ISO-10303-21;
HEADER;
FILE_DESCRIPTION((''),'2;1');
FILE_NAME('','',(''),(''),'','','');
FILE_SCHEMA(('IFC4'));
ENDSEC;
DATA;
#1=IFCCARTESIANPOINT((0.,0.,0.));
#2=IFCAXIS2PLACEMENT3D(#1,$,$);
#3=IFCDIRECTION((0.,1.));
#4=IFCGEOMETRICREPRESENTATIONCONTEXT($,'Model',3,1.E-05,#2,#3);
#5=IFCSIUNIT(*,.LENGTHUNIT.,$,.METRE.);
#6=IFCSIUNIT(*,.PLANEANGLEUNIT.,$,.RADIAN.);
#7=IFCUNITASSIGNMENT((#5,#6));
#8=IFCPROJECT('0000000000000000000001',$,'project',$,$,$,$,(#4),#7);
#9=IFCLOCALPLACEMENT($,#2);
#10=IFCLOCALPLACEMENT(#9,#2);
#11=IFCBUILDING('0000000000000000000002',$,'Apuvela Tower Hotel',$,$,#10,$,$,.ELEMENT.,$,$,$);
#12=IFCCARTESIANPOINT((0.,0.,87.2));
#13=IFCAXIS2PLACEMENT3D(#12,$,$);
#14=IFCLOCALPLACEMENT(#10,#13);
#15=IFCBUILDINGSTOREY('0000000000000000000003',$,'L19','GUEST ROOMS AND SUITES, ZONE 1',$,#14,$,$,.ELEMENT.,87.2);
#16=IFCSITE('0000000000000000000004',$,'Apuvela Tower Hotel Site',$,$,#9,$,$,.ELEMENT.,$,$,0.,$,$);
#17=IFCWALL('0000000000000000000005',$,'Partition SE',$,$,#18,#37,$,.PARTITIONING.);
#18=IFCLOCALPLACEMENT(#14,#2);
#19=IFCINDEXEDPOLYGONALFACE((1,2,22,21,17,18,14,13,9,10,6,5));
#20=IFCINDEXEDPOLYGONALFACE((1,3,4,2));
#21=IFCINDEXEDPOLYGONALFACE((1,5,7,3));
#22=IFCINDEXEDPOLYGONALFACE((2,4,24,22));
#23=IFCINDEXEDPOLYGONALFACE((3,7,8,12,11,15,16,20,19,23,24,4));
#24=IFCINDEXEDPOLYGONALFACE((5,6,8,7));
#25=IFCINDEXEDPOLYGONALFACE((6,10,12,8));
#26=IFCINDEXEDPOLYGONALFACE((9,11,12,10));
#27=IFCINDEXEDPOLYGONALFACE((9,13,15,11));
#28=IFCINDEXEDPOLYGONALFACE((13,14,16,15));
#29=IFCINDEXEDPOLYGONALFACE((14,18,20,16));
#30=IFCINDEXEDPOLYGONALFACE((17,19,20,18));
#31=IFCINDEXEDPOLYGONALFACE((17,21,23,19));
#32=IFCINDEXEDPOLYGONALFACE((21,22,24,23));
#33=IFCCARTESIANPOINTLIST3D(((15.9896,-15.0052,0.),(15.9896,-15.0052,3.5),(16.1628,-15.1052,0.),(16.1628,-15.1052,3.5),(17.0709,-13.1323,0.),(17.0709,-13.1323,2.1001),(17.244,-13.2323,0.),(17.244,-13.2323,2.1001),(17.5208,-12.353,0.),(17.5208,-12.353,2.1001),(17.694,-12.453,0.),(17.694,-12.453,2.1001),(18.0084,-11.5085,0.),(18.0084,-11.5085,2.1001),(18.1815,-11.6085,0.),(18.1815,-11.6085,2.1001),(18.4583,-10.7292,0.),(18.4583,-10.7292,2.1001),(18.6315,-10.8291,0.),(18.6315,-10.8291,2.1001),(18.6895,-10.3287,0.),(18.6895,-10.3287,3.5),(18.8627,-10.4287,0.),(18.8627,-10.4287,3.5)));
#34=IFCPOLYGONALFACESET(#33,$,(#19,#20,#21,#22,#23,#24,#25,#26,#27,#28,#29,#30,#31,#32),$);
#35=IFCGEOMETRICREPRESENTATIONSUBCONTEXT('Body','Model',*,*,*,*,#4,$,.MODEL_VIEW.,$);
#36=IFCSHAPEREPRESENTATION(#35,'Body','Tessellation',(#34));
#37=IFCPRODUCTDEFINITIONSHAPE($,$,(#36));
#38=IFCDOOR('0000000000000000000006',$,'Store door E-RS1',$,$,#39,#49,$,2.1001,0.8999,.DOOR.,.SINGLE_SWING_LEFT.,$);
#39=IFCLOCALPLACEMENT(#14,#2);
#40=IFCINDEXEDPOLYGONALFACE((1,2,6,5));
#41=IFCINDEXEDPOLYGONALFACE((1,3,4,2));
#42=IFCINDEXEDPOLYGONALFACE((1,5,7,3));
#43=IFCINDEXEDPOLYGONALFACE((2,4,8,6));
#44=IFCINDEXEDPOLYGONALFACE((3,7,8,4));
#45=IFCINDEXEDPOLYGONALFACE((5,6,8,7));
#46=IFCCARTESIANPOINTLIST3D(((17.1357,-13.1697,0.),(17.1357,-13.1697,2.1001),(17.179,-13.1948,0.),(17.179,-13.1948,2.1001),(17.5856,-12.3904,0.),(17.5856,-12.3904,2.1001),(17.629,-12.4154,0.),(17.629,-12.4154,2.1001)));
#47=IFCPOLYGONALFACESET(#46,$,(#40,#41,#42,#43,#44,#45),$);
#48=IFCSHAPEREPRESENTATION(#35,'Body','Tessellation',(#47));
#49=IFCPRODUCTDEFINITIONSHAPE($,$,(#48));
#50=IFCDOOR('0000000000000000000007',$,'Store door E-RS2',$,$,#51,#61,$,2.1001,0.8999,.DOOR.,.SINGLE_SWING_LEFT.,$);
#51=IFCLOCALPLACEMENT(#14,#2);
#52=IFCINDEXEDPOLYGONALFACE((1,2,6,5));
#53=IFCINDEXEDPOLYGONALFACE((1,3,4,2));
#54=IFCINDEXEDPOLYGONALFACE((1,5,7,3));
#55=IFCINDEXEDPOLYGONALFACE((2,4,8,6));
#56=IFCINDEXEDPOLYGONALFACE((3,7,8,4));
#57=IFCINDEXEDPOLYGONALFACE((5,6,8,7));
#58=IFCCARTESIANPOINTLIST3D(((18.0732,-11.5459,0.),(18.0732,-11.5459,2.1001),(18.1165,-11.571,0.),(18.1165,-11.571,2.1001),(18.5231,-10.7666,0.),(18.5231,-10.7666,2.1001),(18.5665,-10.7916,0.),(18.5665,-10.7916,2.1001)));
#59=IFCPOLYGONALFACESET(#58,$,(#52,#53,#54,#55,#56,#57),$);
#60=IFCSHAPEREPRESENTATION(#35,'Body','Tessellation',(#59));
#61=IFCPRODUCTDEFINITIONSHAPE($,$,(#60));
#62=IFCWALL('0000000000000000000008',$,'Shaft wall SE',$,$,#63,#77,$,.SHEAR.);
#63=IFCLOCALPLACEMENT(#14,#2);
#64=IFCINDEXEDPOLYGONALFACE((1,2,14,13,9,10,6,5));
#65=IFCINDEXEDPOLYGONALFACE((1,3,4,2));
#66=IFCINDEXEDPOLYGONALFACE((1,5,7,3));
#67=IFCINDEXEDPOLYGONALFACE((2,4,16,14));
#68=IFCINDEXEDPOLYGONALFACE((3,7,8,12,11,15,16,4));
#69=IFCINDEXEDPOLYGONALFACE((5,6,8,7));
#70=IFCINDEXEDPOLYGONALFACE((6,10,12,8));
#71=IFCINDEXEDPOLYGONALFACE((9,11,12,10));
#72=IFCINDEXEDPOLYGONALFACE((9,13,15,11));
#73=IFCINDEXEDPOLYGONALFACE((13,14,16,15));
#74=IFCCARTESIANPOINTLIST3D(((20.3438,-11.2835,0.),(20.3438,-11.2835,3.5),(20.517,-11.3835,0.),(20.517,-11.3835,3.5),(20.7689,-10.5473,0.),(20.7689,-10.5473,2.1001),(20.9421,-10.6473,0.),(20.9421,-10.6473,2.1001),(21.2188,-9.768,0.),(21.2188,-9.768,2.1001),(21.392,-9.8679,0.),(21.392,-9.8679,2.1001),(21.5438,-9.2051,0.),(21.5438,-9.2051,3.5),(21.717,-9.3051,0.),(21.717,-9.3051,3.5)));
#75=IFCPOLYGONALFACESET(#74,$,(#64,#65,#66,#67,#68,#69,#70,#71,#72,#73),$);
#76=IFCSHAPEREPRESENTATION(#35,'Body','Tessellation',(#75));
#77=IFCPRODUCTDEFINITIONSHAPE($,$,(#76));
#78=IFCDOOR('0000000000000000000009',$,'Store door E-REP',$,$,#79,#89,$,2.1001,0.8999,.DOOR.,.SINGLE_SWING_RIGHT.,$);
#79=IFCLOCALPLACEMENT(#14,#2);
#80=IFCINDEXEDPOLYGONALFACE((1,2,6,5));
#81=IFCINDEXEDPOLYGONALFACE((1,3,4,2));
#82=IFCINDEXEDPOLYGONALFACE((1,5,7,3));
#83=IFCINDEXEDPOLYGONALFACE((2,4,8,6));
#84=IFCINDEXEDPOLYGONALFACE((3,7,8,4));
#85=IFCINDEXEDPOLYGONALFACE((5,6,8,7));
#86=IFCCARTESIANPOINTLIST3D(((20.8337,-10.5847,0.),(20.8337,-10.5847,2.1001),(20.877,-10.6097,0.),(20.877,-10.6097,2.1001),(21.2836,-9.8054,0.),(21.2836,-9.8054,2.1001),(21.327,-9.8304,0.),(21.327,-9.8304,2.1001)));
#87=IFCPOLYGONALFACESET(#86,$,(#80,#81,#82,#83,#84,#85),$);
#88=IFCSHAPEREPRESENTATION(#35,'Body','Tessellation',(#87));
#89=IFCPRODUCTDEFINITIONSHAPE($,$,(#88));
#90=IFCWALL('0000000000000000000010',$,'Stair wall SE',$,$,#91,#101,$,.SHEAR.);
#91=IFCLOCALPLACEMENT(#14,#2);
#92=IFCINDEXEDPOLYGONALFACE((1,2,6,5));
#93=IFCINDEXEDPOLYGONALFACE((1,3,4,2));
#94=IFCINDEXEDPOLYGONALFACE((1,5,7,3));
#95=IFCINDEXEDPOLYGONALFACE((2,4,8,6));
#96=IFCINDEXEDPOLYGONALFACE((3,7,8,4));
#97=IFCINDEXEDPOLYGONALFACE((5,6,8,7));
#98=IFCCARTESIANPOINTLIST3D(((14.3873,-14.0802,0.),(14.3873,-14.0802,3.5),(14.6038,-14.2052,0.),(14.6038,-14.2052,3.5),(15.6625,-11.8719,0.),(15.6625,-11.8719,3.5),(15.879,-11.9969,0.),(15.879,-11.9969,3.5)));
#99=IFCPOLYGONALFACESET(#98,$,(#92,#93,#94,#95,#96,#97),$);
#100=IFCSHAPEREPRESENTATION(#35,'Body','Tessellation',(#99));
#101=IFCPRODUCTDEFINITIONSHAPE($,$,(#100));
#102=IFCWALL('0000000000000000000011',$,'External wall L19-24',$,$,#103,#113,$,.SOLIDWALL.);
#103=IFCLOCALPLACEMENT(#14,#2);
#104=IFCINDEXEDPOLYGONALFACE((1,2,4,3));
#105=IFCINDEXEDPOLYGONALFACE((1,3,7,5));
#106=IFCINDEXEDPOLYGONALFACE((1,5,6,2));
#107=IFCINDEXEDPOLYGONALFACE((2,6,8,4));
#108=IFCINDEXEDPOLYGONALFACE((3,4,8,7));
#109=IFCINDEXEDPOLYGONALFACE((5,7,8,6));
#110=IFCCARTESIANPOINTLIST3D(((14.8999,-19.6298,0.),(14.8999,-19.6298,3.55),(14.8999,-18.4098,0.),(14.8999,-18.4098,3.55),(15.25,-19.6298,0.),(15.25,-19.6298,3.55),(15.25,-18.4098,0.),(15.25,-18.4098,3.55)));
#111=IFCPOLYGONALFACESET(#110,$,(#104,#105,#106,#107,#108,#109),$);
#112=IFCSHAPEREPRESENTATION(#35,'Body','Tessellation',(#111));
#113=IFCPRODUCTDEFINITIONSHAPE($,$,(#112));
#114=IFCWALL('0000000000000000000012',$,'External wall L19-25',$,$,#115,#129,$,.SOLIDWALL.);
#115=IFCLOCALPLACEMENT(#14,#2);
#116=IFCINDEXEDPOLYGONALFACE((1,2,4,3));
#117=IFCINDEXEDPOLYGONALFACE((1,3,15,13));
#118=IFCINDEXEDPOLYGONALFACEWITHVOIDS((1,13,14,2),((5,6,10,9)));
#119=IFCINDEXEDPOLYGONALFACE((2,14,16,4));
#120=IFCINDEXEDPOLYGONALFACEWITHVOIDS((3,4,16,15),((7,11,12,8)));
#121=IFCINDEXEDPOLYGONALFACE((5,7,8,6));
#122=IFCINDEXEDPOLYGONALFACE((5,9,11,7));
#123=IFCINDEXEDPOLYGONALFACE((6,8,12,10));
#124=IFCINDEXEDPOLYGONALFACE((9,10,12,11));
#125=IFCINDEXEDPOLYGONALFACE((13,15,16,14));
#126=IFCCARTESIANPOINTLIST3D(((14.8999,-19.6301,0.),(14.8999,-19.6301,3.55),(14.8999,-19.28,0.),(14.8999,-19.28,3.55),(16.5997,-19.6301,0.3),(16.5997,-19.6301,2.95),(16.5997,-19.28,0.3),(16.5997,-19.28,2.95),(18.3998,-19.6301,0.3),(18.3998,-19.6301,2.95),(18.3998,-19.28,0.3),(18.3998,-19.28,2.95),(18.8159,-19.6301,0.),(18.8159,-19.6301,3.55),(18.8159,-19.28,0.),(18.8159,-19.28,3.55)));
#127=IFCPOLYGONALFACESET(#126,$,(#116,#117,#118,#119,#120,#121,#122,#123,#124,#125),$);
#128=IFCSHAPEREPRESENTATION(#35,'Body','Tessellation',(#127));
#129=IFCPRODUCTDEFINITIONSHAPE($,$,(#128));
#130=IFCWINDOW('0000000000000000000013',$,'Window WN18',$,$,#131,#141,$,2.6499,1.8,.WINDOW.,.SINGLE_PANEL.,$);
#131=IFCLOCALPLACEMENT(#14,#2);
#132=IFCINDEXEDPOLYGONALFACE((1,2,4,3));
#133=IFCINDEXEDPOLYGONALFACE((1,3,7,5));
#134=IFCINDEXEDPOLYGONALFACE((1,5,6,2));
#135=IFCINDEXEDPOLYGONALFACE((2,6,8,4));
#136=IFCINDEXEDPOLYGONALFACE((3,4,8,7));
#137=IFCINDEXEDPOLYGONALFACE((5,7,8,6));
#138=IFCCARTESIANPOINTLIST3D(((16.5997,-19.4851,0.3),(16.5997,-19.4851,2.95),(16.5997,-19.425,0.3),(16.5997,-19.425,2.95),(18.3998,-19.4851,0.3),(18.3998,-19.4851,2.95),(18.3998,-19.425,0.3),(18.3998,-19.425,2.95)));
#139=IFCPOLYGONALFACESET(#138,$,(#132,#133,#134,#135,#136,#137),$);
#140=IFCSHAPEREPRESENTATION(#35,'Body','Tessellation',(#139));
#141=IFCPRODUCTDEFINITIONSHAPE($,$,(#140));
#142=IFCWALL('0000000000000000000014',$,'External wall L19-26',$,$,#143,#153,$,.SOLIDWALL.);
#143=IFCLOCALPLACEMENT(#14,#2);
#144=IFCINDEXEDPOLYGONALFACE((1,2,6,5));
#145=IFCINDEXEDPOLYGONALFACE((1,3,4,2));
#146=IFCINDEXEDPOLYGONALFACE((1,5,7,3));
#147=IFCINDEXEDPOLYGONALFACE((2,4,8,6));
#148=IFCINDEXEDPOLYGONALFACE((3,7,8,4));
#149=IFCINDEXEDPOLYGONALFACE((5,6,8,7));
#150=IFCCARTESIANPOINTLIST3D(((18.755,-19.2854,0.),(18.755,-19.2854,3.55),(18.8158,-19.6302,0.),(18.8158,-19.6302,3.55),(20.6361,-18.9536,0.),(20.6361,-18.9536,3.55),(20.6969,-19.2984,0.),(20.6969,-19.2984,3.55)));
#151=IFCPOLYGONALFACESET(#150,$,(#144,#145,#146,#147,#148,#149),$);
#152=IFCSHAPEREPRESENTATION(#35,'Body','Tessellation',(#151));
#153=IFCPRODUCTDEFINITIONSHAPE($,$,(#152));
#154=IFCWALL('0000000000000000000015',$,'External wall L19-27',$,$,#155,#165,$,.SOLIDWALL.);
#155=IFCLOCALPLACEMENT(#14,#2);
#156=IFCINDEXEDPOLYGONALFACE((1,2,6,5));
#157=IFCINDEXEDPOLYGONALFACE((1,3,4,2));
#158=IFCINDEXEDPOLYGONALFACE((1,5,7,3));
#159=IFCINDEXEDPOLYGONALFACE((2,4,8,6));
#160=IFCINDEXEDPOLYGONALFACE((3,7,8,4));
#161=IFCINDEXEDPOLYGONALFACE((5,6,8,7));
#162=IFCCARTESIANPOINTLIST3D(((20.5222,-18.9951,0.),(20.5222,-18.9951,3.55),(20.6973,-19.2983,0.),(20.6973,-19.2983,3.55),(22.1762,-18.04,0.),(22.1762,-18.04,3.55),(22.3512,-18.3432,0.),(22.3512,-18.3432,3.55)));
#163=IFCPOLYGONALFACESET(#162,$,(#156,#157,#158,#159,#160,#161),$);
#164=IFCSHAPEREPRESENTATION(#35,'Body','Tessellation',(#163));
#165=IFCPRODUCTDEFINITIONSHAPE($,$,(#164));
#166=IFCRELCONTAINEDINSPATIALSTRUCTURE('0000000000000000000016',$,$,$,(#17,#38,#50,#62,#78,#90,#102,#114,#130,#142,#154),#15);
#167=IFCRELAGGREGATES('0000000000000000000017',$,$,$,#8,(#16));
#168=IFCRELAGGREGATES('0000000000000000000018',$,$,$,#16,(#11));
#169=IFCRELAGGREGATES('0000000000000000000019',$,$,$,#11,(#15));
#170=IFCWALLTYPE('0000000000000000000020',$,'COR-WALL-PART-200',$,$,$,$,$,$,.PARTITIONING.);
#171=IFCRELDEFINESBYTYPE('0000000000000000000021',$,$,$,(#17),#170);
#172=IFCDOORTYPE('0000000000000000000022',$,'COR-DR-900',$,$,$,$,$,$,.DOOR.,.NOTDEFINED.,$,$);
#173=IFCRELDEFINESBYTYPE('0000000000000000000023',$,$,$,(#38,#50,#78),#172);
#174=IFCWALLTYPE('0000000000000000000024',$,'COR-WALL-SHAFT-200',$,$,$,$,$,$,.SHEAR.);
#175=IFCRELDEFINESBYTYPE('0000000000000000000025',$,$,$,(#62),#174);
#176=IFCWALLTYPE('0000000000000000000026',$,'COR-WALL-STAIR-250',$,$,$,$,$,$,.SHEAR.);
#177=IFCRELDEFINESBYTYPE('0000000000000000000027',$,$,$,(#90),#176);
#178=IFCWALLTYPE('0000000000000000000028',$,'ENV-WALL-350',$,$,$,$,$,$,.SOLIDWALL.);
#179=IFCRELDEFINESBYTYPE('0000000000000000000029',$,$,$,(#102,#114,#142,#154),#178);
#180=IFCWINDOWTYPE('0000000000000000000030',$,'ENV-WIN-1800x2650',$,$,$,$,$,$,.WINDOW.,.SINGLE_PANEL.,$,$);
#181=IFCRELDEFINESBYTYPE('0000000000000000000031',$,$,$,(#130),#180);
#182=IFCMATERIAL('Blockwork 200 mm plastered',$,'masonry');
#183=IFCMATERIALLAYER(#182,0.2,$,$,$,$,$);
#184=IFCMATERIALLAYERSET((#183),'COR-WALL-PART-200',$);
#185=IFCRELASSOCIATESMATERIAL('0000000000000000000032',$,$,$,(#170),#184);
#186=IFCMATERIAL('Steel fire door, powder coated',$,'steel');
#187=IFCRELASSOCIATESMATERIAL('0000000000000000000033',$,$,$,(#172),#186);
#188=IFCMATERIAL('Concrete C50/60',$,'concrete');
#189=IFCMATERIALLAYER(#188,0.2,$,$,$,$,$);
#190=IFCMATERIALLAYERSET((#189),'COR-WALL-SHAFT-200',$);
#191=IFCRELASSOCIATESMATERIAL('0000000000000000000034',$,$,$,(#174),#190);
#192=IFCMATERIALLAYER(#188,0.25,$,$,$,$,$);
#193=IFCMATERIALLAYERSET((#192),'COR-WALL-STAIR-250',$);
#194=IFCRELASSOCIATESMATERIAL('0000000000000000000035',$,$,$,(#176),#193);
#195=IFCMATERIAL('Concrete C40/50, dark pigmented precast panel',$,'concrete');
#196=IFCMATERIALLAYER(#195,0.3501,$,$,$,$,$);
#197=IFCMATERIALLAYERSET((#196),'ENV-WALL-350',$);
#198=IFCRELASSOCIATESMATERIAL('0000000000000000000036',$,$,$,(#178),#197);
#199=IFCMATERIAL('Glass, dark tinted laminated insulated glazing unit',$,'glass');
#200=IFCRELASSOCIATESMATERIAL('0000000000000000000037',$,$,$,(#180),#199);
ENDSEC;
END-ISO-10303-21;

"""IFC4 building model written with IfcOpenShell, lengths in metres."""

from ifc_helpers import new_model, si_unit, direction, frame, frame_2d, origin, place, context, subcontext, project, spatial, rectangle, extrude, material, layer, layer_set, type_object, element, fill, save


model = new_model("IFC4")

# Units and contexts
model_context = context("Model", 3, precision=1e-05, world=origin(), true_north=direction((0.0, 1.0)))
body_context = subcontext(model_context, "Body", "Model", "MODEL_VIEW")
ifc_project = project(units=[si_unit("LENGTHUNIT", "METRE"), si_unit("PLANEANGLEUNIT", "RADIAN")], contexts=[model_context])

# Site, building, storey
site_placement = place(None, origin())
site = spatial("IfcSite", under=ifc_project, at=site_placement, Name="Apuvela Tower Hotel Site", CompositionType="ELEMENT", RefElevation=0.0)
building_placement = place(site_placement, origin())
building = spatial("IfcBuilding", under=site, at=building_placement, Name="Apuvela Tower Hotel", CompositionType="ELEMENT")
storey_placement = place(building_placement, frame((0.0, 0.0, 87.2)))
storey = spatial("IfcBuildingStorey", under=building, at=storey_placement, Name="L19", Description="GUEST ROOMS AND SUITES, ZONE 1", CompositionType="ELEMENT", Elevation=87.2)

# Wall, openings, doors
ifc_material_1 = material(Name="Blockwork 200 mm plastered", Category="masonry")
ifc_layer_1 = layer(ifc_material_1, 0.2)
ifc_layer_set_1 = layer_set([ifc_layer_1], Name="COR-WALL-PART-200")
wall_type_1 = type_object("IfcWallType", Name="COR-WALL-PART-200", PredefinedType="PARTITIONING", material=ifc_layer_set_1)
wall_1_placement = place(storey_placement, frame((16.0762, -15.0552, 0.0), z_axis=(0.0, 0.0, 1.0), x_axis=(0.499995, 0.866028, 0.0)))
wall_1 = element("IfcWall", 1, at=wall_1_placement, inside=storey, type_object=wall_type_1, Name="Partition SE", PredefinedType="PARTITIONING", context=body_context, shape_type="SweptSolid", body=[
    extrude(rectangle(XDim=5.3999, YDim=0.2, at=frame_2d((2.7, 0.0))), origin(), (0.0, 0.0, 1.0), 3.5),
])
opening_1_placement = place(wall_1_placement, frame((2.1626, 0.0, 0.0)))
opening_1 = element("IfcOpeningElement", 2, at=opening_1_placement, cuts=wall_1, PredefinedType="OPENING", context=body_context, shape_type="SweptSolid", body=[
    extrude(rectangle(XDim=0.8999, YDim=2.1001, at=frame_2d((0.45, 1.05))), frame((0.0, 0.1099, 0.0), z_axis=(0.0, -1.0, 0.0), x_axis=(1.0, 0.0, 0.0)), (0.0, 0.0, 1.0), 0.22),
])
opening_2_placement = place(wall_1_placement, frame((4.0376, 0.0, 0.0)))
opening_2 = element("IfcOpeningElement", 3, at=opening_2_placement, cuts=wall_1, PredefinedType="OPENING", context=body_context, shape_type="SweptSolid", body=[
    extrude(rectangle(XDim=0.8999, YDim=2.1001, at=frame_2d((0.45, 1.05))), frame((0.0, 0.1099, 0.0), z_axis=(0.0, -1.0, 0.0), x_axis=(1.0, 0.0, 0.0)), (0.0, 0.0, 1.0), 0.22),
])
ifc_material_2 = material(Name="Steel fire door, powder coated", Category="steel")
door_type_1 = type_object("IfcDoorType", Name="COR-DR-900", OperationType="NOTDEFINED", PredefinedType="DOOR", material=ifc_material_2)
door_1_placement = place(opening_1_placement, frame((0.8999, 0.0, 0.0), z_axis=(0.0, 0.0, 1.0), x_axis=(-1.0, 0.0, 0.0)))
door_1 = element("IfcDoor", 4, at=door_1_placement, inside=storey, type_object=door_type_1, Name="Store door E-RS1", OperationType="SINGLE_SWING_LEFT", OverallHeight=2.1001, OverallWidth=0.8999, PredefinedType="DOOR", context=body_context, shape_type="SweptSolid", body=[
    extrude(rectangle(XDim=0.8999, YDim=2.1001, at=frame_2d((0.45, 1.05))), frame((0.0, 0.0249, 0.0), z_axis=(0.0, -1.0, 0.0), x_axis=(1.0, 0.0, 0.0)), (0.0, 0.0, 1.0), 0.05),
])
fill(opening_1, door_1)
door_2_placement = place(opening_2_placement, frame((0.8999, 0.0, 0.0), z_axis=(0.0, 0.0, 1.0), x_axis=(-1.0, 0.0, 0.0)))
door_2 = element("IfcDoor", 5, at=door_2_placement, inside=storey, type_object=door_type_1, Name="Store door E-RS2", OperationType="SINGLE_SWING_LEFT", OverallHeight=2.1001, OverallWidth=0.8999, PredefinedType="DOOR", context=body_context, shape_type="SweptSolid", body=[
    extrude(rectangle(XDim=0.8999, YDim=2.1001, at=frame_2d((0.45, 1.05))), frame((0.0, 0.0249, 0.0), z_axis=(0.0, -1.0, 0.0), x_axis=(1.0, 0.0, 0.0)), (0.0, 0.0, 1.0), 0.05),
])
fill(opening_2, door_2)

# Wall, opening, door
ifc_material_3 = material(Name="Concrete C50/60", Category="concrete")
ifc_layer_2 = layer(ifc_material_3, 0.2)
ifc_layer_set_2 = layer_set([ifc_layer_2], Name="COR-WALL-SHAFT-200")
wall_type_2 = type_object("IfcWallType", Name="COR-WALL-SHAFT-200", PredefinedType="SHEAR", material=ifc_layer_set_2)
wall_2_placement = place(storey_placement, frame((20.4304, -11.3335, 0.0), z_axis=(0.0, 0.0, 1.0), x_axis=(0.500001, 0.866025, 0.0)))
wall_2 = element("IfcWall", 6, at=wall_2_placement, inside=storey, type_object=wall_type_2, Name="Shaft wall SE", PredefinedType="SHEAR", context=body_context, shape_type="SweptSolid", body=[
    extrude(rectangle(XDim=2.3999, YDim=0.2, at=frame_2d((1.2, 0.0))), origin(), (0.0, 0.0, 1.0), 3.5),
])
opening_3_placement = place(wall_2_placement, frame((0.8501, 0.0, 0.0)))
opening_3 = element("IfcOpeningElement", 7, at=opening_3_placement, cuts=wall_2, PredefinedType="OPENING", context=body_context, shape_type="SweptSolid", body=[
    extrude(rectangle(XDim=0.8999, YDim=2.1001, at=frame_2d((0.45, 1.05))), frame((0.0, 0.1099, 0.0), z_axis=(0.0, -1.0, 0.0), x_axis=(1.0, 0.0, 0.0)), (0.0, 0.0, 1.0), 0.22),
])
door_3_placement = place(opening_3_placement, frame((0.8999, 0.0, 0.0), z_axis=(0.0, 0.0, 1.0), x_axis=(-1.0, 0.0, 0.0)))
door_3 = element("IfcDoor", 8, at=door_3_placement, inside=storey, type_object=door_type_1, Name="Store door E-REP", OperationType="SINGLE_SWING_RIGHT", OverallHeight=2.1001, OverallWidth=0.8999, PredefinedType="DOOR", context=body_context, shape_type="SweptSolid", body=[
    extrude(rectangle(XDim=0.8999, YDim=2.1001, at=frame_2d((0.45, 1.05))), frame((0.0, 0.0249, 0.0), z_axis=(0.0, -1.0, 0.0), x_axis=(1.0, 0.0, 0.0)), (0.0, 0.0, 1.0), 0.05),
])
fill(opening_3, door_3)

# Walls
ifc_layer_3 = layer(ifc_material_3, 0.25)
ifc_layer_set_3 = layer_set([ifc_layer_3], Name="COR-WALL-STAIR-250")
wall_type_3 = type_object("IfcWallType", Name="COR-WALL-STAIR-250", PredefinedType="SHEAR", material=ifc_layer_set_3)
wall_3_placement = place(storey_placement, frame((14.4956, -14.1426, 0.0), z_axis=(0.0, 0.0, 1.0), x_axis=(0.500062, 0.865989, 0.0)))
element("IfcWall", 9, at=wall_3_placement, inside=storey, type_object=wall_type_3, Name="Stair wall SE", PredefinedType="SHEAR", context=body_context, shape_type="SweptSolid", body=[
    extrude(rectangle(XDim=2.55, YDim=0.25, at=frame_2d((1.2749, 0.0))), origin(), (0.0, 0.0, 1.0), 3.5),
])
ifc_material_4 = material(Name="Concrete C40/50, dark pigmented precast panel", Category="concrete")
ifc_layer_4 = layer(ifc_material_4, 0.3501)
ifc_layer_set_4 = layer_set([ifc_layer_4], Name="ENV-WALL-350")
wall_type_4 = type_object("IfcWallType", Name="ENV-WALL-350", PredefinedType="SOLIDWALL", material=ifc_layer_set_4)
wall_4_placement = place(storey_placement, frame((15.075, -18.4099, 0.0), z_axis=(0.0, 0.0, 1.0), x_axis=(0.0, -1.0, 0.0)))
element("IfcWall", 10, at=wall_4_placement, inside=storey, type_object=wall_type_4, Name="External wall L19-24", PredefinedType="SOLIDWALL", context=body_context, shape_type="SweptSolid", body=[
    extrude(rectangle(XDim=1.22, YDim=0.3501, at=frame_2d((0.6099, 0.0))), origin(), (0.0, 0.0, 1.0), 3.55),
])

# Wall, opening, window
wall_5_placement = place(storey_placement, frame((14.8999, -19.4551, 0.0), z_axis=(0.0, 0.0, 1.0), x_axis=(1.0, 0.0, 0.0)))
wall_5 = element("IfcWall", 11, at=wall_5_placement, inside=storey, type_object=wall_type_4, Name="External wall L19-25", PredefinedType="SOLIDWALL", context=body_context, shape_type="SweptSolid", body=[
    extrude(rectangle(XDim=3.916, YDim=0.3501, at=frame_2d((1.958, 0.0))), origin(), (0.0, 0.0, 1.0), 3.55),
])
opening_4_placement = place(wall_5_placement, frame((1.7, 0.0, 0.3)))
opening_4 = element("IfcOpeningElement", 12, at=opening_4_placement, cuts=wall_5, PredefinedType="OPENING", context=body_context, shape_type="SweptSolid", body=[
    extrude(rectangle(XDim=1.8, YDim=2.6499, at=frame_2d((0.8999, 1.325))), frame((0.0, 0.1851, 0.0), z_axis=(0.0, -1.0, 0.0), x_axis=(1.0, 0.0, 0.0)), (0.0, 0.0, 1.0), 0.3701),
])
ifc_material_5 = material(Name="Glass, dark tinted laminated insulated glazing unit", Category="glass")
window_type = type_object("IfcWindowType", Name="ENV-WIN-1800x2650", PartitioningType="SINGLE_PANEL", PredefinedType="WINDOW", material=ifc_material_5)
window_placement = place(opening_4_placement, origin())
window = element("IfcWindow", 13, at=window_placement, inside=storey, type_object=window_type, Name="Window WN18", OverallHeight=2.6499, OverallWidth=1.8, PartitioningType="SINGLE_PANEL", PredefinedType="WINDOW", context=body_context, shape_type="SweptSolid", body=[
    extrude(rectangle(XDim=1.8, YDim=2.6499, at=frame_2d((0.8999, 1.325))), frame((0.0, 0.03, 0.0), z_axis=(0.0, -1.0, 0.0), x_axis=(1.0, 0.0, 0.0)), (0.0, 0.0, 1.0), 0.0601),
])
fill(opening_4, window)

# Walls
wall_6_placement = place(storey_placement, frame((18.7854, -19.4578, 0.0), z_axis=(0.0, 0.0, 1.0), x_axis=(0.984799, 0.173698, 0.0)))
element("IfcWall", 14, at=wall_6_placement, inside=storey, type_object=wall_type_4, Name="External wall L19-26", PredefinedType="SOLIDWALL", context=body_context, shape_type="SweptSolid", body=[
    extrude(rectangle(XDim=1.9102, YDim=0.3501, at=frame_2d((0.9551, 0.0))), origin(), (0.0, 0.0, 1.0), 3.55),
])
for number, where, z_axis, x_axis, name in (
    (15, (20.6096, -19.1467, 0.0), (0.0, 0.0, 1.0), (0.866, 0.500043, 0.0), "External wall L19-27"),
):
    element("IfcWall", number, at=place(storey_placement, frame(where, z_axis=z_axis, x_axis=x_axis)), inside=storey, type_object=wall_type_4, Name=name, PredefinedType="SOLIDWALL", context=body_context, shape_type="SweptSolid", body=[
        extrude(rectangle(XDim=1.9099, YDim=0.3501, at=frame_2d((0.9551, 0.0))), origin(), (0.0, 0.0, 1.0), 3.55),
    ])

save(model, "model.ifc")
